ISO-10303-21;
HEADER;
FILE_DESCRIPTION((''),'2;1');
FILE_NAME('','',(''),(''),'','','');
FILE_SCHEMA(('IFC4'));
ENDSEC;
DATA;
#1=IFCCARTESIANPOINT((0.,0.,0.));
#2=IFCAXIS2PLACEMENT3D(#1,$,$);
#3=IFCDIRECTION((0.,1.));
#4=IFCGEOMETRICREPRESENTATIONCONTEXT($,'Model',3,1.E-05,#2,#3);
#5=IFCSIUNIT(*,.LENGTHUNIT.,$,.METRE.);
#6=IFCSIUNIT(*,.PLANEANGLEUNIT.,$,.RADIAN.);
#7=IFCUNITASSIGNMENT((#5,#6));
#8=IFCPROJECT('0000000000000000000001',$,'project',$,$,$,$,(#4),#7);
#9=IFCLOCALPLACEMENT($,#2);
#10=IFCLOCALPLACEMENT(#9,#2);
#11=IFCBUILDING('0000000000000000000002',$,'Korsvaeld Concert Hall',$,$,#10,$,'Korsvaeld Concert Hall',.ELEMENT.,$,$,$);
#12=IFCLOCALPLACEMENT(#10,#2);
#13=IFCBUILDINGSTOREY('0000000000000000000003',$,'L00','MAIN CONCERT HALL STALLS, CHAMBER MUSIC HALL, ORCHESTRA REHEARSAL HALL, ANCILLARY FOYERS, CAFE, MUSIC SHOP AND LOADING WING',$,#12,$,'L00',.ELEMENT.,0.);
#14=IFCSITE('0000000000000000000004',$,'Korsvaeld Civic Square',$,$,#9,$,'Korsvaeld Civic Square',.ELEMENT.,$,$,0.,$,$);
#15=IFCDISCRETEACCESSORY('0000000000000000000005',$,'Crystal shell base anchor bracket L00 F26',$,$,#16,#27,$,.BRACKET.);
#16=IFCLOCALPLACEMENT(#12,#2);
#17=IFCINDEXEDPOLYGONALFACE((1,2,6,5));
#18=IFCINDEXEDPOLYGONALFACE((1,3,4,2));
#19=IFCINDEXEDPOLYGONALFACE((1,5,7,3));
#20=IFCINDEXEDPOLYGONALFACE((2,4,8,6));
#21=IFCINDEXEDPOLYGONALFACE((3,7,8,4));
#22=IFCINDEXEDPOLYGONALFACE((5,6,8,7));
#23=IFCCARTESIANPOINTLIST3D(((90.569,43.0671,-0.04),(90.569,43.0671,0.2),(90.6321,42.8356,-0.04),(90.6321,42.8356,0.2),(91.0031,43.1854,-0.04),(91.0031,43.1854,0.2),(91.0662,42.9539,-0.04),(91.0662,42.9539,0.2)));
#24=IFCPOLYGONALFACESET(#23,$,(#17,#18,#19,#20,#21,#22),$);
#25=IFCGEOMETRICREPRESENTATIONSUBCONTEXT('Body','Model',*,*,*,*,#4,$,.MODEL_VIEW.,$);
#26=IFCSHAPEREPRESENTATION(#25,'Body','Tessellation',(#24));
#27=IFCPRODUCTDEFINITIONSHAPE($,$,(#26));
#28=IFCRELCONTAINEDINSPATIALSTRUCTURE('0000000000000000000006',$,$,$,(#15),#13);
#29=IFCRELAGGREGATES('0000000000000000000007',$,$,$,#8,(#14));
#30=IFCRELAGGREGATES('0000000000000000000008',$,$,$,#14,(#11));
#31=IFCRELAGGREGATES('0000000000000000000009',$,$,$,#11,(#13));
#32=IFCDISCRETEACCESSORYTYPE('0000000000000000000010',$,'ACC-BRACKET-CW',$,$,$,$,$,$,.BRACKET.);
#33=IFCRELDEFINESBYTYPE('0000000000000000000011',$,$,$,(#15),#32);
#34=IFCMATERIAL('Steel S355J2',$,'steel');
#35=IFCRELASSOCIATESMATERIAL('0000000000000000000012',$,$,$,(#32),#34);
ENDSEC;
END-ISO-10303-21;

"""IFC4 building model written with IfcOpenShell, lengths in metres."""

from ifc_helpers import new_model, si_unit, direction, frame, origin, origin_2d, place, context, subcontext, project, spatial, rectangle, extrude, material, type_object, element, save


model = new_model("IFC4")

# Units and contexts
model_context = context("Model", 3, precision=1e-05, world=origin(), true_north=direction((0.0, 1.0)))
body_context = subcontext(model_context, "Body", "Model", "MODEL_VIEW")
ifc_project = project(units=[si_unit("LENGTHUNIT", "METRE"), si_unit("PLANEANGLEUNIT", "RADIAN")], contexts=[model_context])

# Site, building, storey
site_placement = place(None, origin())
site = spatial("IfcSite", under=ifc_project, at=site_placement, Name="Korsvaeld Civic Square", LongName="Korsvaeld Civic Square", CompositionType="ELEMENT", RefElevation=0.0)
building_placement = place(site_placement, origin())
building = spatial("IfcBuilding", under=site, at=building_placement, Name="Korsvaeld Concert Hall", LongName="Korsvaeld Concert Hall", CompositionType="ELEMENT")
storey_placement = place(building_placement, origin())
storey = spatial("IfcBuildingStorey", under=building, at=storey_placement, Name="L00", Description="MAIN CONCERT HALL STALLS, CHAMBER MUSIC HALL, ORCHESTRA REHEARSAL HALL, ANCILLARY FOYERS, CAFE, MUSIC SHOP AND LOADING WING", LongName="L00", CompositionType="ELEMENT", Elevation=0.0)

# Discrete accessory
ifc_material_1 = material(Name="Steel S355J2", Category="steel")
discrete_accessory_type = type_object("IfcDiscreteAccessoryType", Name="ACC-BRACKET-CW", PredefinedType="BRACKET", material=ifc_material_1)
discrete_accessory_placement = place(storey_placement, frame((90.8176, 43.0105, -0.04), z_axis=(0.0, 0.0, 1.0), x_axis=(0.964833, 0.262863, 0.0)))
element("IfcDiscreteAccessory", 1, at=discrete_accessory_placement, inside=storey, type_object=discrete_accessory_type, Name="Crystal shell base anchor bracket L00 F26", PredefinedType="BRACKET", context=body_context, shape_type="SweptSolid", body=[
    extrude(rectangle(XDim=0.45, YDim=0.24, at=origin_2d()), origin(), (0.0, 0.0, 1.0), 0.24),
])

save(model, "model.ifc")
